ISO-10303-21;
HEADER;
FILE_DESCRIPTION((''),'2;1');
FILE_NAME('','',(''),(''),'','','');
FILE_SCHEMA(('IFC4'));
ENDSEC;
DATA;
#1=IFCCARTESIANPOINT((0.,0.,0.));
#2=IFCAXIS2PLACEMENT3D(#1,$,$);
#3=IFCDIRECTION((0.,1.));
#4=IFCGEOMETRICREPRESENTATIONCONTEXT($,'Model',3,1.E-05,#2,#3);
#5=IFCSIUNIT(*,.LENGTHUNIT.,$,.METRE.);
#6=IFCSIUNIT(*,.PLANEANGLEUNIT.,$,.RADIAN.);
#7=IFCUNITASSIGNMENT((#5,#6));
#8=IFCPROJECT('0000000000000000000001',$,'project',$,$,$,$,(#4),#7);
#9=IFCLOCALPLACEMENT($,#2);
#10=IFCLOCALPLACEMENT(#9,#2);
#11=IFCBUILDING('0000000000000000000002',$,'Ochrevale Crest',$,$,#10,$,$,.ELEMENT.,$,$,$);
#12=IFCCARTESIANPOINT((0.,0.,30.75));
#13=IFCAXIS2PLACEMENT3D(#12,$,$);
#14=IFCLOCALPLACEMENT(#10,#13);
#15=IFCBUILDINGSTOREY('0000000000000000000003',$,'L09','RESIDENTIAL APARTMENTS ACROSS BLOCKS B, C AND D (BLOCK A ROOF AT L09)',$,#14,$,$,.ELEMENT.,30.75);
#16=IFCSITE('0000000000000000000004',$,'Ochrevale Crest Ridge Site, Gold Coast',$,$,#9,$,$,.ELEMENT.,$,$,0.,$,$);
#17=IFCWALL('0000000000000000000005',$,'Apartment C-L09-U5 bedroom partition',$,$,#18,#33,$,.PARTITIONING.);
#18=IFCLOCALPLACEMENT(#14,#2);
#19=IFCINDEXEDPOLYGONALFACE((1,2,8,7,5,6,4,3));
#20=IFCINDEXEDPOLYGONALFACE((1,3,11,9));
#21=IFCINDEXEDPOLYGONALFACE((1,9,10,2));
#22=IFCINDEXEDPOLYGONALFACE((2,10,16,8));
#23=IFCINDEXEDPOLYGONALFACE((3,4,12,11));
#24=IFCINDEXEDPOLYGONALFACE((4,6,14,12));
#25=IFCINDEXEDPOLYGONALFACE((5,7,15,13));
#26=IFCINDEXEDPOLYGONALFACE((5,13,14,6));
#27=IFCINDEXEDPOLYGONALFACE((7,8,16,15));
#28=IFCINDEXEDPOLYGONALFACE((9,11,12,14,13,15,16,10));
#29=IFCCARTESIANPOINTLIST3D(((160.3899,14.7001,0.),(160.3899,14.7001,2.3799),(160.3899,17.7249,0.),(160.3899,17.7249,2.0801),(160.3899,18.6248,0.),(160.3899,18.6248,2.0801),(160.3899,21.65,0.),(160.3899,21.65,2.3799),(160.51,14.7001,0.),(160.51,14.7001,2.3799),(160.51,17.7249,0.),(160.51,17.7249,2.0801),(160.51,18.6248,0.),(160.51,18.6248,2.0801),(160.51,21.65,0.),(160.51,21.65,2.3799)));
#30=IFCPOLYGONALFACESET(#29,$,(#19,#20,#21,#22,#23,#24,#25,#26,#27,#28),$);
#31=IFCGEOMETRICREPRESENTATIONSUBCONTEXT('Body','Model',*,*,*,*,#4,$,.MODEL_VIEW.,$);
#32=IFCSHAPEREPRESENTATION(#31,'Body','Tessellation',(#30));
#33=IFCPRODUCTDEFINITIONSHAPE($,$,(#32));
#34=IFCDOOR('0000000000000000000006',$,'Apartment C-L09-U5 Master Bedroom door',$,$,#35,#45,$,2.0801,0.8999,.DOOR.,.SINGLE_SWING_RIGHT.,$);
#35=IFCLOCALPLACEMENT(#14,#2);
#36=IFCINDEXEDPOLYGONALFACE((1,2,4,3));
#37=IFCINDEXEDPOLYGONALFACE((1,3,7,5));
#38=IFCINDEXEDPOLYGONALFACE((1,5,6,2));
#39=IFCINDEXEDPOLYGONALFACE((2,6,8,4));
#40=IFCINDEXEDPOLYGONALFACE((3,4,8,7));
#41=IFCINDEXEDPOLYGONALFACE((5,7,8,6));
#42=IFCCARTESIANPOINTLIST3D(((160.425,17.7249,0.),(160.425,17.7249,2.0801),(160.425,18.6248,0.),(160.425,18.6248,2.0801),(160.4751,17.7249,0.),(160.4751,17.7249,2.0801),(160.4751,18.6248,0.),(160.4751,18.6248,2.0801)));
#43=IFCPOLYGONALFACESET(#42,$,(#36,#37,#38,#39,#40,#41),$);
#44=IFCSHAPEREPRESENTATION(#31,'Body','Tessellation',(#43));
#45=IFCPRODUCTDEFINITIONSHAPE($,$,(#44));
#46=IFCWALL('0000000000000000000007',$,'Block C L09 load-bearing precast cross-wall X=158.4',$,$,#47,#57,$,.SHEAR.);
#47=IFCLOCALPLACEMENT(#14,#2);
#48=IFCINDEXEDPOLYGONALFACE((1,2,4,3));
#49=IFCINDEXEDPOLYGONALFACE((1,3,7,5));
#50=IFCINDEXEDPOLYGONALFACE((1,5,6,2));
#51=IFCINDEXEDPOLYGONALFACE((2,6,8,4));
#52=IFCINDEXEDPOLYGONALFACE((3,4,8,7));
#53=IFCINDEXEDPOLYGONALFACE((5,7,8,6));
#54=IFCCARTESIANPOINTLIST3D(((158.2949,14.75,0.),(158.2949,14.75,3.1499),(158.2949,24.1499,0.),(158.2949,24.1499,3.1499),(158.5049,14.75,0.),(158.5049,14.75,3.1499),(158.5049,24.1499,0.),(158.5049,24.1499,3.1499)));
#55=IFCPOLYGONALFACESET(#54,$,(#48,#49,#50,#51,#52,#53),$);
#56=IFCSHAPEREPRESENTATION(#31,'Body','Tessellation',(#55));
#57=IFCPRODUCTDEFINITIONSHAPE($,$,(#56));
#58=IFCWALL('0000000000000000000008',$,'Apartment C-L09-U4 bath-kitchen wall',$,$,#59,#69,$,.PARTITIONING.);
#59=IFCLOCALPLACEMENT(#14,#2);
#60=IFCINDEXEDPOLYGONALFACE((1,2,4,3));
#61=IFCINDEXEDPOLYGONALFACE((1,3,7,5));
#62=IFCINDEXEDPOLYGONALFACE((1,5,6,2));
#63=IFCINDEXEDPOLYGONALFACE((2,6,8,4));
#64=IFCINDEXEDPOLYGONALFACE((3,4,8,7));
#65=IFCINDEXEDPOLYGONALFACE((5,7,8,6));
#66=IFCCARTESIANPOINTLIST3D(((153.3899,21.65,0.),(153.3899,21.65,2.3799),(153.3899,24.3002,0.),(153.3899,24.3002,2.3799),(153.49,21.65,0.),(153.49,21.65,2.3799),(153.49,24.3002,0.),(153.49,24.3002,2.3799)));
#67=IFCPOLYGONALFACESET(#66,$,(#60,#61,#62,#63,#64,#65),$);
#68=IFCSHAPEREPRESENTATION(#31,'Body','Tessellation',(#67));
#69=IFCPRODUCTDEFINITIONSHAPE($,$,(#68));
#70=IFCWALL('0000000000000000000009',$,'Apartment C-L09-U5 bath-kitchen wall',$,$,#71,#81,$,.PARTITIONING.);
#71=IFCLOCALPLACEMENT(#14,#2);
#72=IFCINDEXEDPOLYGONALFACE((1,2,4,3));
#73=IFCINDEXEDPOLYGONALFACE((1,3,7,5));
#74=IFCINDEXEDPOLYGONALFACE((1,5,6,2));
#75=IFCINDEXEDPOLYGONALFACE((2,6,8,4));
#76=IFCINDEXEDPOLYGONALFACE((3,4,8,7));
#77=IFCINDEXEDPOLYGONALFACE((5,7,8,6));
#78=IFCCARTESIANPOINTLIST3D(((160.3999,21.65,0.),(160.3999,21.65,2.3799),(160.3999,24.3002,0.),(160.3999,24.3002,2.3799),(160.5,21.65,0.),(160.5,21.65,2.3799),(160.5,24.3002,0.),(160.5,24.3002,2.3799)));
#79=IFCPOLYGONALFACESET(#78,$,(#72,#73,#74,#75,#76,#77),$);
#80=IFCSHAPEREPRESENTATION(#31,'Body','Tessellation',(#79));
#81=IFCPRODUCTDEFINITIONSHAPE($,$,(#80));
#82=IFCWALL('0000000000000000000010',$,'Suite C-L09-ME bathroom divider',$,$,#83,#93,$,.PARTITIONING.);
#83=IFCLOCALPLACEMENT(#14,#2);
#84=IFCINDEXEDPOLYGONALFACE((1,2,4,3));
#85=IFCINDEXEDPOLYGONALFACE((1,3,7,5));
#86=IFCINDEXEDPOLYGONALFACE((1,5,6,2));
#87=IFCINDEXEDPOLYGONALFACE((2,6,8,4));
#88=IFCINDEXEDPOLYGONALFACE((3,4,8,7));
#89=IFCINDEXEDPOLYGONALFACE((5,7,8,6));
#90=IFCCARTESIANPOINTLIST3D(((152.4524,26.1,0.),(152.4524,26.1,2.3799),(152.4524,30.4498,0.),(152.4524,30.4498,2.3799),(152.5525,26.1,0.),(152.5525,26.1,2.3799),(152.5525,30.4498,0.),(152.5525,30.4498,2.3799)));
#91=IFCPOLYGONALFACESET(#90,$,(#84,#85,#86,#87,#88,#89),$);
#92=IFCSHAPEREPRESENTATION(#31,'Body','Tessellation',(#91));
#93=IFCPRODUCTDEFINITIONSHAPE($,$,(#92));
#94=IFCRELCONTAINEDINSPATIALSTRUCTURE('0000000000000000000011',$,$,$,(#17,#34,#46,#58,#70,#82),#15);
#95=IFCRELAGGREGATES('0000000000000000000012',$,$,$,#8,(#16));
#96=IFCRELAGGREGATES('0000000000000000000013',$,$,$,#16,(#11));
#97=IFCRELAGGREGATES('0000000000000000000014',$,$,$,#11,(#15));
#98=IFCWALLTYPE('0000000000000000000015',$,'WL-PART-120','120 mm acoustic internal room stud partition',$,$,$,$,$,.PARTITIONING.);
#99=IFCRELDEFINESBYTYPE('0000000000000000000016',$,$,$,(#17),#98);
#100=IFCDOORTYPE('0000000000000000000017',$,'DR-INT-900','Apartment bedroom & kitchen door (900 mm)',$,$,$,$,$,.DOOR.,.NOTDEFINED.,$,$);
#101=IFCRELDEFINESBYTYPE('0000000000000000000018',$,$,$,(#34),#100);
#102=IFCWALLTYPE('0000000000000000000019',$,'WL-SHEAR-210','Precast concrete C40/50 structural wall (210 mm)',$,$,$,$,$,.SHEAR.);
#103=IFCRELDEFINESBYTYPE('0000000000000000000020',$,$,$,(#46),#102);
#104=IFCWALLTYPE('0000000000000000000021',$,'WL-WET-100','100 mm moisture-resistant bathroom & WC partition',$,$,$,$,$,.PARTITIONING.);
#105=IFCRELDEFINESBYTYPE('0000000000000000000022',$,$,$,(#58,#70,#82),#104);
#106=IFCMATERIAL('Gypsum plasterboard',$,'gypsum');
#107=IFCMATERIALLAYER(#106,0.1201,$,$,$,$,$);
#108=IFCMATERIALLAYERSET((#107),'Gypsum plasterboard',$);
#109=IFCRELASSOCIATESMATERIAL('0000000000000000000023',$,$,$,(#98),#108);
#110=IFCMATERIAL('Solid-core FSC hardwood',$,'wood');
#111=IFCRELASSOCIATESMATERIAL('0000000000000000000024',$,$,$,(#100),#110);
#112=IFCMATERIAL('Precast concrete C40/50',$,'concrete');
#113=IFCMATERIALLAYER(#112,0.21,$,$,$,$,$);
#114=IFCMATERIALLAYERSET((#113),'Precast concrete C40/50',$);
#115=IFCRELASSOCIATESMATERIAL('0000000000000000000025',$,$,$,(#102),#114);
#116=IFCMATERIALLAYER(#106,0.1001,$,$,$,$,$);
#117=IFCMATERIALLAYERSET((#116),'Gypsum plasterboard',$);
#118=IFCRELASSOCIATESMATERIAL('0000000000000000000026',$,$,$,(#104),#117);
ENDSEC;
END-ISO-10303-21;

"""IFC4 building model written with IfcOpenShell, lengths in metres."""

from ifc_helpers import new_model, si_unit, direction, frame, frame_2d, origin, place, context, subcontext, project, spatial, rectangle, extrude, material, layer, layer_set, type_object, element, fill, save


model = new_model("IFC4")

# Units and contexts
model_context = context("Model", 3, precision=1e-05, world=origin(), true_north=direction((0.0, 1.0)))
body_context = subcontext(model_context, "Body", "Model", "MODEL_VIEW")
ifc_project = project(units=[si_unit("LENGTHUNIT", "METRE"), si_unit("PLANEANGLEUNIT", "RADIAN")], contexts=[model_context])

# Site, building, storey
site_placement = place(None, origin())
site = spatial("IfcSite", under=ifc_project, at=site_placement, Name="Ochrevale Crest Ridge Site, Gold Coast", CompositionType="ELEMENT", RefElevation=0.0)
building_placement = place(site_placement, origin())
building = spatial("IfcBuilding", under=site, at=building_placement, Name="Ochrevale Crest", CompositionType="ELEMENT")
storey_placement = place(building_placement, frame((0.0, 0.0, 30.75)))
storey = spatial("IfcBuildingStorey", under=building, at=storey_placement, Name="L09", Description="RESIDENTIAL APARTMENTS ACROSS BLOCKS B, C AND D (BLOCK A ROOF AT L09)", CompositionType="ELEMENT", Elevation=30.75)

# Shared definitions
ifc_material_1 = material(Name="Gypsum plasterboard", Category="gypsum")
ifc_material_2 = material(Name="Solid-core FSC hardwood", Category="wood")

# Shared definitions
ifc_layer_1 = layer(ifc_material_1, 0.1201)
ifc_layer_set_1 = layer_set([ifc_layer_1], Name="Gypsum plasterboard")
wall_type_1 = type_object("IfcWallType", Name="WL-PART-120", Description="120 mm acoustic internal room stud partition", PredefinedType="PARTITIONING", material=ifc_layer_set_1)

# Shared definitions
door_type_1 = type_object("IfcDoorType", Name="DR-INT-900", Description="Apartment bedroom & kitchen door (900 mm)", OperationType="NOTDEFINED", PredefinedType="DOOR", material=ifc_material_2)

# Wall, opening, door
wall_1_placement = place(storey_placement, frame((160.45, 14.7, 0.0), z_axis=(0.0, 0.0, 1.0), x_axis=(0.0, 1.0, 0.0)))
wall_1 = element("IfcWall", 1, at=wall_1_placement, inside=storey, type_object=wall_type_1, Name="Apartment C-L09-U5 bedroom partition", PredefinedType="PARTITIONING", context=body_context, shape_type="SweptSolid", body=[
    extrude(rectangle(XDim=6.95, YDim=0.1201, at=frame_2d((3.4751, 0.0))), origin(), (0.0, 0.0, 1.0), 2.3799),
])
opening_1_placement = place(wall_1_placement, frame((3.0249, 0.0, 0.0)))
opening_1 = element("IfcOpeningElement", 2, at=opening_1_placement, cuts=wall_1, PredefinedType="OPENING", context=body_context, shape_type="SweptSolid", body=[
    extrude(rectangle(XDim=0.8999, YDim=2.0801, at=frame_2d((0.45, 1.04))), frame((0.0, 0.0701, 0.0), z_axis=(0.0, -1.0, 0.0), x_axis=(1.0, 0.0, 0.0)), (0.0, 0.0, 1.0), 0.1401),
])
door_1_placement = place(opening_1_placement, origin())
door_1 = element("IfcDoor", 3, at=door_1_placement, inside=storey, type_object=door_type_1, Name="Apartment C-L09-U5 Master Bedroom door", OperationType="SINGLE_SWING_RIGHT", OverallHeight=2.0801, OverallWidth=0.8999, PredefinedType="DOOR", context=body_context, shape_type="SweptSolid", body=[
    extrude(rectangle(XDim=0.8999, YDim=2.0801, at=frame_2d((0.45, 1.04))), frame((0.0, 0.0249, 0.0), z_axis=(0.0, -1.0, 0.0), x_axis=(1.0, 0.0, 0.0)), (0.0, 0.0, 1.0), 0.05),
])
fill(opening_1, door_1)

# Walls
ifc_material_3 = material(Name="Precast concrete C40/50", Category="concrete")
ifc_layer_2 = layer(ifc_material_3, 0.21)
ifc_layer_set_2 = layer_set([ifc_layer_2], Name="Precast concrete C40/50")
wall_type_2 = type_object("IfcWallType", Name="WL-SHEAR-210", Description="Precast concrete C40/50 structural wall (210 mm)", PredefinedType="SHEAR", material=ifc_layer_set_2)
wall_2_placement = place(storey_placement, frame((158.3999, 14.75, 0.0), z_axis=(0.0, 0.0, 1.0), x_axis=(0.0, 1.0, 0.0)))
element("IfcWall", 4, at=wall_2_placement, inside=storey, type_object=wall_type_2, Name="Block C L09 load-bearing precast cross-wall X=158.4", PredefinedType="SHEAR", context=body_context, shape_type="SweptSolid", body=[
    extrude(rectangle(XDim=9.3999, YDim=0.21, at=frame_2d((4.7, 0.0))), origin(), (0.0, 0.0, 1.0), 3.1499),
])
ifc_layer_3 = layer(ifc_material_1, 0.1001)
ifc_layer_set_3 = layer_set([ifc_layer_3], Name="Gypsum plasterboard")
wall_type_3 = type_object("IfcWallType", Name="WL-WET-100", Description="100 mm moisture-resistant bathroom & WC partition", PredefinedType="PARTITIONING", material=ifc_layer_set_3)
for number, where, z_axis, x_axis, name in (
    (5, (153.4399, 21.6499, 0.0), (0.0, 0.0, 1.0), (0.0, 1.0, 0.0), "Apartment C-L09-U4 bath-kitchen wall"),
    (6, (160.45, 21.6499, 0.0), (0.0, 0.0, 1.0), (0.0, 1.0, 0.0), "Apartment C-L09-U5 bath-kitchen wall"),
):
    element("IfcWall", number, at=place(storey_placement, frame(where, z_axis=z_axis, x_axis=x_axis)), inside=storey, type_object=wall_type_3, Name=name, PredefinedType="PARTITIONING", context=body_context, shape_type="SweptSolid", body=[
        extrude(rectangle(XDim=2.6501, YDim=0.1001, at=frame_2d((1.3252, 0.0))), origin(), (0.0, 0.0, 1.0), 2.3799),
    ])
wall_3_placement = place(storey_placement, frame((152.5024, 26.1001, 0.0), z_axis=(0.0, 0.0, 1.0), x_axis=(0.0, 1.0, 0.0)))
element("IfcWall", 7, at=wall_3_placement, inside=storey, type_object=wall_type_3, Name="Suite C-L09-ME bathroom divider", PredefinedType="PARTITIONING", context=body_context, shape_type="SweptSolid", body=[
    extrude(rectangle(XDim=4.3499, YDim=0.1001, at=frame_2d((2.1748, 0.0))), origin(), (0.0, 0.0, 1.0), 2.3799),
])

save(model, "model.ifc")
